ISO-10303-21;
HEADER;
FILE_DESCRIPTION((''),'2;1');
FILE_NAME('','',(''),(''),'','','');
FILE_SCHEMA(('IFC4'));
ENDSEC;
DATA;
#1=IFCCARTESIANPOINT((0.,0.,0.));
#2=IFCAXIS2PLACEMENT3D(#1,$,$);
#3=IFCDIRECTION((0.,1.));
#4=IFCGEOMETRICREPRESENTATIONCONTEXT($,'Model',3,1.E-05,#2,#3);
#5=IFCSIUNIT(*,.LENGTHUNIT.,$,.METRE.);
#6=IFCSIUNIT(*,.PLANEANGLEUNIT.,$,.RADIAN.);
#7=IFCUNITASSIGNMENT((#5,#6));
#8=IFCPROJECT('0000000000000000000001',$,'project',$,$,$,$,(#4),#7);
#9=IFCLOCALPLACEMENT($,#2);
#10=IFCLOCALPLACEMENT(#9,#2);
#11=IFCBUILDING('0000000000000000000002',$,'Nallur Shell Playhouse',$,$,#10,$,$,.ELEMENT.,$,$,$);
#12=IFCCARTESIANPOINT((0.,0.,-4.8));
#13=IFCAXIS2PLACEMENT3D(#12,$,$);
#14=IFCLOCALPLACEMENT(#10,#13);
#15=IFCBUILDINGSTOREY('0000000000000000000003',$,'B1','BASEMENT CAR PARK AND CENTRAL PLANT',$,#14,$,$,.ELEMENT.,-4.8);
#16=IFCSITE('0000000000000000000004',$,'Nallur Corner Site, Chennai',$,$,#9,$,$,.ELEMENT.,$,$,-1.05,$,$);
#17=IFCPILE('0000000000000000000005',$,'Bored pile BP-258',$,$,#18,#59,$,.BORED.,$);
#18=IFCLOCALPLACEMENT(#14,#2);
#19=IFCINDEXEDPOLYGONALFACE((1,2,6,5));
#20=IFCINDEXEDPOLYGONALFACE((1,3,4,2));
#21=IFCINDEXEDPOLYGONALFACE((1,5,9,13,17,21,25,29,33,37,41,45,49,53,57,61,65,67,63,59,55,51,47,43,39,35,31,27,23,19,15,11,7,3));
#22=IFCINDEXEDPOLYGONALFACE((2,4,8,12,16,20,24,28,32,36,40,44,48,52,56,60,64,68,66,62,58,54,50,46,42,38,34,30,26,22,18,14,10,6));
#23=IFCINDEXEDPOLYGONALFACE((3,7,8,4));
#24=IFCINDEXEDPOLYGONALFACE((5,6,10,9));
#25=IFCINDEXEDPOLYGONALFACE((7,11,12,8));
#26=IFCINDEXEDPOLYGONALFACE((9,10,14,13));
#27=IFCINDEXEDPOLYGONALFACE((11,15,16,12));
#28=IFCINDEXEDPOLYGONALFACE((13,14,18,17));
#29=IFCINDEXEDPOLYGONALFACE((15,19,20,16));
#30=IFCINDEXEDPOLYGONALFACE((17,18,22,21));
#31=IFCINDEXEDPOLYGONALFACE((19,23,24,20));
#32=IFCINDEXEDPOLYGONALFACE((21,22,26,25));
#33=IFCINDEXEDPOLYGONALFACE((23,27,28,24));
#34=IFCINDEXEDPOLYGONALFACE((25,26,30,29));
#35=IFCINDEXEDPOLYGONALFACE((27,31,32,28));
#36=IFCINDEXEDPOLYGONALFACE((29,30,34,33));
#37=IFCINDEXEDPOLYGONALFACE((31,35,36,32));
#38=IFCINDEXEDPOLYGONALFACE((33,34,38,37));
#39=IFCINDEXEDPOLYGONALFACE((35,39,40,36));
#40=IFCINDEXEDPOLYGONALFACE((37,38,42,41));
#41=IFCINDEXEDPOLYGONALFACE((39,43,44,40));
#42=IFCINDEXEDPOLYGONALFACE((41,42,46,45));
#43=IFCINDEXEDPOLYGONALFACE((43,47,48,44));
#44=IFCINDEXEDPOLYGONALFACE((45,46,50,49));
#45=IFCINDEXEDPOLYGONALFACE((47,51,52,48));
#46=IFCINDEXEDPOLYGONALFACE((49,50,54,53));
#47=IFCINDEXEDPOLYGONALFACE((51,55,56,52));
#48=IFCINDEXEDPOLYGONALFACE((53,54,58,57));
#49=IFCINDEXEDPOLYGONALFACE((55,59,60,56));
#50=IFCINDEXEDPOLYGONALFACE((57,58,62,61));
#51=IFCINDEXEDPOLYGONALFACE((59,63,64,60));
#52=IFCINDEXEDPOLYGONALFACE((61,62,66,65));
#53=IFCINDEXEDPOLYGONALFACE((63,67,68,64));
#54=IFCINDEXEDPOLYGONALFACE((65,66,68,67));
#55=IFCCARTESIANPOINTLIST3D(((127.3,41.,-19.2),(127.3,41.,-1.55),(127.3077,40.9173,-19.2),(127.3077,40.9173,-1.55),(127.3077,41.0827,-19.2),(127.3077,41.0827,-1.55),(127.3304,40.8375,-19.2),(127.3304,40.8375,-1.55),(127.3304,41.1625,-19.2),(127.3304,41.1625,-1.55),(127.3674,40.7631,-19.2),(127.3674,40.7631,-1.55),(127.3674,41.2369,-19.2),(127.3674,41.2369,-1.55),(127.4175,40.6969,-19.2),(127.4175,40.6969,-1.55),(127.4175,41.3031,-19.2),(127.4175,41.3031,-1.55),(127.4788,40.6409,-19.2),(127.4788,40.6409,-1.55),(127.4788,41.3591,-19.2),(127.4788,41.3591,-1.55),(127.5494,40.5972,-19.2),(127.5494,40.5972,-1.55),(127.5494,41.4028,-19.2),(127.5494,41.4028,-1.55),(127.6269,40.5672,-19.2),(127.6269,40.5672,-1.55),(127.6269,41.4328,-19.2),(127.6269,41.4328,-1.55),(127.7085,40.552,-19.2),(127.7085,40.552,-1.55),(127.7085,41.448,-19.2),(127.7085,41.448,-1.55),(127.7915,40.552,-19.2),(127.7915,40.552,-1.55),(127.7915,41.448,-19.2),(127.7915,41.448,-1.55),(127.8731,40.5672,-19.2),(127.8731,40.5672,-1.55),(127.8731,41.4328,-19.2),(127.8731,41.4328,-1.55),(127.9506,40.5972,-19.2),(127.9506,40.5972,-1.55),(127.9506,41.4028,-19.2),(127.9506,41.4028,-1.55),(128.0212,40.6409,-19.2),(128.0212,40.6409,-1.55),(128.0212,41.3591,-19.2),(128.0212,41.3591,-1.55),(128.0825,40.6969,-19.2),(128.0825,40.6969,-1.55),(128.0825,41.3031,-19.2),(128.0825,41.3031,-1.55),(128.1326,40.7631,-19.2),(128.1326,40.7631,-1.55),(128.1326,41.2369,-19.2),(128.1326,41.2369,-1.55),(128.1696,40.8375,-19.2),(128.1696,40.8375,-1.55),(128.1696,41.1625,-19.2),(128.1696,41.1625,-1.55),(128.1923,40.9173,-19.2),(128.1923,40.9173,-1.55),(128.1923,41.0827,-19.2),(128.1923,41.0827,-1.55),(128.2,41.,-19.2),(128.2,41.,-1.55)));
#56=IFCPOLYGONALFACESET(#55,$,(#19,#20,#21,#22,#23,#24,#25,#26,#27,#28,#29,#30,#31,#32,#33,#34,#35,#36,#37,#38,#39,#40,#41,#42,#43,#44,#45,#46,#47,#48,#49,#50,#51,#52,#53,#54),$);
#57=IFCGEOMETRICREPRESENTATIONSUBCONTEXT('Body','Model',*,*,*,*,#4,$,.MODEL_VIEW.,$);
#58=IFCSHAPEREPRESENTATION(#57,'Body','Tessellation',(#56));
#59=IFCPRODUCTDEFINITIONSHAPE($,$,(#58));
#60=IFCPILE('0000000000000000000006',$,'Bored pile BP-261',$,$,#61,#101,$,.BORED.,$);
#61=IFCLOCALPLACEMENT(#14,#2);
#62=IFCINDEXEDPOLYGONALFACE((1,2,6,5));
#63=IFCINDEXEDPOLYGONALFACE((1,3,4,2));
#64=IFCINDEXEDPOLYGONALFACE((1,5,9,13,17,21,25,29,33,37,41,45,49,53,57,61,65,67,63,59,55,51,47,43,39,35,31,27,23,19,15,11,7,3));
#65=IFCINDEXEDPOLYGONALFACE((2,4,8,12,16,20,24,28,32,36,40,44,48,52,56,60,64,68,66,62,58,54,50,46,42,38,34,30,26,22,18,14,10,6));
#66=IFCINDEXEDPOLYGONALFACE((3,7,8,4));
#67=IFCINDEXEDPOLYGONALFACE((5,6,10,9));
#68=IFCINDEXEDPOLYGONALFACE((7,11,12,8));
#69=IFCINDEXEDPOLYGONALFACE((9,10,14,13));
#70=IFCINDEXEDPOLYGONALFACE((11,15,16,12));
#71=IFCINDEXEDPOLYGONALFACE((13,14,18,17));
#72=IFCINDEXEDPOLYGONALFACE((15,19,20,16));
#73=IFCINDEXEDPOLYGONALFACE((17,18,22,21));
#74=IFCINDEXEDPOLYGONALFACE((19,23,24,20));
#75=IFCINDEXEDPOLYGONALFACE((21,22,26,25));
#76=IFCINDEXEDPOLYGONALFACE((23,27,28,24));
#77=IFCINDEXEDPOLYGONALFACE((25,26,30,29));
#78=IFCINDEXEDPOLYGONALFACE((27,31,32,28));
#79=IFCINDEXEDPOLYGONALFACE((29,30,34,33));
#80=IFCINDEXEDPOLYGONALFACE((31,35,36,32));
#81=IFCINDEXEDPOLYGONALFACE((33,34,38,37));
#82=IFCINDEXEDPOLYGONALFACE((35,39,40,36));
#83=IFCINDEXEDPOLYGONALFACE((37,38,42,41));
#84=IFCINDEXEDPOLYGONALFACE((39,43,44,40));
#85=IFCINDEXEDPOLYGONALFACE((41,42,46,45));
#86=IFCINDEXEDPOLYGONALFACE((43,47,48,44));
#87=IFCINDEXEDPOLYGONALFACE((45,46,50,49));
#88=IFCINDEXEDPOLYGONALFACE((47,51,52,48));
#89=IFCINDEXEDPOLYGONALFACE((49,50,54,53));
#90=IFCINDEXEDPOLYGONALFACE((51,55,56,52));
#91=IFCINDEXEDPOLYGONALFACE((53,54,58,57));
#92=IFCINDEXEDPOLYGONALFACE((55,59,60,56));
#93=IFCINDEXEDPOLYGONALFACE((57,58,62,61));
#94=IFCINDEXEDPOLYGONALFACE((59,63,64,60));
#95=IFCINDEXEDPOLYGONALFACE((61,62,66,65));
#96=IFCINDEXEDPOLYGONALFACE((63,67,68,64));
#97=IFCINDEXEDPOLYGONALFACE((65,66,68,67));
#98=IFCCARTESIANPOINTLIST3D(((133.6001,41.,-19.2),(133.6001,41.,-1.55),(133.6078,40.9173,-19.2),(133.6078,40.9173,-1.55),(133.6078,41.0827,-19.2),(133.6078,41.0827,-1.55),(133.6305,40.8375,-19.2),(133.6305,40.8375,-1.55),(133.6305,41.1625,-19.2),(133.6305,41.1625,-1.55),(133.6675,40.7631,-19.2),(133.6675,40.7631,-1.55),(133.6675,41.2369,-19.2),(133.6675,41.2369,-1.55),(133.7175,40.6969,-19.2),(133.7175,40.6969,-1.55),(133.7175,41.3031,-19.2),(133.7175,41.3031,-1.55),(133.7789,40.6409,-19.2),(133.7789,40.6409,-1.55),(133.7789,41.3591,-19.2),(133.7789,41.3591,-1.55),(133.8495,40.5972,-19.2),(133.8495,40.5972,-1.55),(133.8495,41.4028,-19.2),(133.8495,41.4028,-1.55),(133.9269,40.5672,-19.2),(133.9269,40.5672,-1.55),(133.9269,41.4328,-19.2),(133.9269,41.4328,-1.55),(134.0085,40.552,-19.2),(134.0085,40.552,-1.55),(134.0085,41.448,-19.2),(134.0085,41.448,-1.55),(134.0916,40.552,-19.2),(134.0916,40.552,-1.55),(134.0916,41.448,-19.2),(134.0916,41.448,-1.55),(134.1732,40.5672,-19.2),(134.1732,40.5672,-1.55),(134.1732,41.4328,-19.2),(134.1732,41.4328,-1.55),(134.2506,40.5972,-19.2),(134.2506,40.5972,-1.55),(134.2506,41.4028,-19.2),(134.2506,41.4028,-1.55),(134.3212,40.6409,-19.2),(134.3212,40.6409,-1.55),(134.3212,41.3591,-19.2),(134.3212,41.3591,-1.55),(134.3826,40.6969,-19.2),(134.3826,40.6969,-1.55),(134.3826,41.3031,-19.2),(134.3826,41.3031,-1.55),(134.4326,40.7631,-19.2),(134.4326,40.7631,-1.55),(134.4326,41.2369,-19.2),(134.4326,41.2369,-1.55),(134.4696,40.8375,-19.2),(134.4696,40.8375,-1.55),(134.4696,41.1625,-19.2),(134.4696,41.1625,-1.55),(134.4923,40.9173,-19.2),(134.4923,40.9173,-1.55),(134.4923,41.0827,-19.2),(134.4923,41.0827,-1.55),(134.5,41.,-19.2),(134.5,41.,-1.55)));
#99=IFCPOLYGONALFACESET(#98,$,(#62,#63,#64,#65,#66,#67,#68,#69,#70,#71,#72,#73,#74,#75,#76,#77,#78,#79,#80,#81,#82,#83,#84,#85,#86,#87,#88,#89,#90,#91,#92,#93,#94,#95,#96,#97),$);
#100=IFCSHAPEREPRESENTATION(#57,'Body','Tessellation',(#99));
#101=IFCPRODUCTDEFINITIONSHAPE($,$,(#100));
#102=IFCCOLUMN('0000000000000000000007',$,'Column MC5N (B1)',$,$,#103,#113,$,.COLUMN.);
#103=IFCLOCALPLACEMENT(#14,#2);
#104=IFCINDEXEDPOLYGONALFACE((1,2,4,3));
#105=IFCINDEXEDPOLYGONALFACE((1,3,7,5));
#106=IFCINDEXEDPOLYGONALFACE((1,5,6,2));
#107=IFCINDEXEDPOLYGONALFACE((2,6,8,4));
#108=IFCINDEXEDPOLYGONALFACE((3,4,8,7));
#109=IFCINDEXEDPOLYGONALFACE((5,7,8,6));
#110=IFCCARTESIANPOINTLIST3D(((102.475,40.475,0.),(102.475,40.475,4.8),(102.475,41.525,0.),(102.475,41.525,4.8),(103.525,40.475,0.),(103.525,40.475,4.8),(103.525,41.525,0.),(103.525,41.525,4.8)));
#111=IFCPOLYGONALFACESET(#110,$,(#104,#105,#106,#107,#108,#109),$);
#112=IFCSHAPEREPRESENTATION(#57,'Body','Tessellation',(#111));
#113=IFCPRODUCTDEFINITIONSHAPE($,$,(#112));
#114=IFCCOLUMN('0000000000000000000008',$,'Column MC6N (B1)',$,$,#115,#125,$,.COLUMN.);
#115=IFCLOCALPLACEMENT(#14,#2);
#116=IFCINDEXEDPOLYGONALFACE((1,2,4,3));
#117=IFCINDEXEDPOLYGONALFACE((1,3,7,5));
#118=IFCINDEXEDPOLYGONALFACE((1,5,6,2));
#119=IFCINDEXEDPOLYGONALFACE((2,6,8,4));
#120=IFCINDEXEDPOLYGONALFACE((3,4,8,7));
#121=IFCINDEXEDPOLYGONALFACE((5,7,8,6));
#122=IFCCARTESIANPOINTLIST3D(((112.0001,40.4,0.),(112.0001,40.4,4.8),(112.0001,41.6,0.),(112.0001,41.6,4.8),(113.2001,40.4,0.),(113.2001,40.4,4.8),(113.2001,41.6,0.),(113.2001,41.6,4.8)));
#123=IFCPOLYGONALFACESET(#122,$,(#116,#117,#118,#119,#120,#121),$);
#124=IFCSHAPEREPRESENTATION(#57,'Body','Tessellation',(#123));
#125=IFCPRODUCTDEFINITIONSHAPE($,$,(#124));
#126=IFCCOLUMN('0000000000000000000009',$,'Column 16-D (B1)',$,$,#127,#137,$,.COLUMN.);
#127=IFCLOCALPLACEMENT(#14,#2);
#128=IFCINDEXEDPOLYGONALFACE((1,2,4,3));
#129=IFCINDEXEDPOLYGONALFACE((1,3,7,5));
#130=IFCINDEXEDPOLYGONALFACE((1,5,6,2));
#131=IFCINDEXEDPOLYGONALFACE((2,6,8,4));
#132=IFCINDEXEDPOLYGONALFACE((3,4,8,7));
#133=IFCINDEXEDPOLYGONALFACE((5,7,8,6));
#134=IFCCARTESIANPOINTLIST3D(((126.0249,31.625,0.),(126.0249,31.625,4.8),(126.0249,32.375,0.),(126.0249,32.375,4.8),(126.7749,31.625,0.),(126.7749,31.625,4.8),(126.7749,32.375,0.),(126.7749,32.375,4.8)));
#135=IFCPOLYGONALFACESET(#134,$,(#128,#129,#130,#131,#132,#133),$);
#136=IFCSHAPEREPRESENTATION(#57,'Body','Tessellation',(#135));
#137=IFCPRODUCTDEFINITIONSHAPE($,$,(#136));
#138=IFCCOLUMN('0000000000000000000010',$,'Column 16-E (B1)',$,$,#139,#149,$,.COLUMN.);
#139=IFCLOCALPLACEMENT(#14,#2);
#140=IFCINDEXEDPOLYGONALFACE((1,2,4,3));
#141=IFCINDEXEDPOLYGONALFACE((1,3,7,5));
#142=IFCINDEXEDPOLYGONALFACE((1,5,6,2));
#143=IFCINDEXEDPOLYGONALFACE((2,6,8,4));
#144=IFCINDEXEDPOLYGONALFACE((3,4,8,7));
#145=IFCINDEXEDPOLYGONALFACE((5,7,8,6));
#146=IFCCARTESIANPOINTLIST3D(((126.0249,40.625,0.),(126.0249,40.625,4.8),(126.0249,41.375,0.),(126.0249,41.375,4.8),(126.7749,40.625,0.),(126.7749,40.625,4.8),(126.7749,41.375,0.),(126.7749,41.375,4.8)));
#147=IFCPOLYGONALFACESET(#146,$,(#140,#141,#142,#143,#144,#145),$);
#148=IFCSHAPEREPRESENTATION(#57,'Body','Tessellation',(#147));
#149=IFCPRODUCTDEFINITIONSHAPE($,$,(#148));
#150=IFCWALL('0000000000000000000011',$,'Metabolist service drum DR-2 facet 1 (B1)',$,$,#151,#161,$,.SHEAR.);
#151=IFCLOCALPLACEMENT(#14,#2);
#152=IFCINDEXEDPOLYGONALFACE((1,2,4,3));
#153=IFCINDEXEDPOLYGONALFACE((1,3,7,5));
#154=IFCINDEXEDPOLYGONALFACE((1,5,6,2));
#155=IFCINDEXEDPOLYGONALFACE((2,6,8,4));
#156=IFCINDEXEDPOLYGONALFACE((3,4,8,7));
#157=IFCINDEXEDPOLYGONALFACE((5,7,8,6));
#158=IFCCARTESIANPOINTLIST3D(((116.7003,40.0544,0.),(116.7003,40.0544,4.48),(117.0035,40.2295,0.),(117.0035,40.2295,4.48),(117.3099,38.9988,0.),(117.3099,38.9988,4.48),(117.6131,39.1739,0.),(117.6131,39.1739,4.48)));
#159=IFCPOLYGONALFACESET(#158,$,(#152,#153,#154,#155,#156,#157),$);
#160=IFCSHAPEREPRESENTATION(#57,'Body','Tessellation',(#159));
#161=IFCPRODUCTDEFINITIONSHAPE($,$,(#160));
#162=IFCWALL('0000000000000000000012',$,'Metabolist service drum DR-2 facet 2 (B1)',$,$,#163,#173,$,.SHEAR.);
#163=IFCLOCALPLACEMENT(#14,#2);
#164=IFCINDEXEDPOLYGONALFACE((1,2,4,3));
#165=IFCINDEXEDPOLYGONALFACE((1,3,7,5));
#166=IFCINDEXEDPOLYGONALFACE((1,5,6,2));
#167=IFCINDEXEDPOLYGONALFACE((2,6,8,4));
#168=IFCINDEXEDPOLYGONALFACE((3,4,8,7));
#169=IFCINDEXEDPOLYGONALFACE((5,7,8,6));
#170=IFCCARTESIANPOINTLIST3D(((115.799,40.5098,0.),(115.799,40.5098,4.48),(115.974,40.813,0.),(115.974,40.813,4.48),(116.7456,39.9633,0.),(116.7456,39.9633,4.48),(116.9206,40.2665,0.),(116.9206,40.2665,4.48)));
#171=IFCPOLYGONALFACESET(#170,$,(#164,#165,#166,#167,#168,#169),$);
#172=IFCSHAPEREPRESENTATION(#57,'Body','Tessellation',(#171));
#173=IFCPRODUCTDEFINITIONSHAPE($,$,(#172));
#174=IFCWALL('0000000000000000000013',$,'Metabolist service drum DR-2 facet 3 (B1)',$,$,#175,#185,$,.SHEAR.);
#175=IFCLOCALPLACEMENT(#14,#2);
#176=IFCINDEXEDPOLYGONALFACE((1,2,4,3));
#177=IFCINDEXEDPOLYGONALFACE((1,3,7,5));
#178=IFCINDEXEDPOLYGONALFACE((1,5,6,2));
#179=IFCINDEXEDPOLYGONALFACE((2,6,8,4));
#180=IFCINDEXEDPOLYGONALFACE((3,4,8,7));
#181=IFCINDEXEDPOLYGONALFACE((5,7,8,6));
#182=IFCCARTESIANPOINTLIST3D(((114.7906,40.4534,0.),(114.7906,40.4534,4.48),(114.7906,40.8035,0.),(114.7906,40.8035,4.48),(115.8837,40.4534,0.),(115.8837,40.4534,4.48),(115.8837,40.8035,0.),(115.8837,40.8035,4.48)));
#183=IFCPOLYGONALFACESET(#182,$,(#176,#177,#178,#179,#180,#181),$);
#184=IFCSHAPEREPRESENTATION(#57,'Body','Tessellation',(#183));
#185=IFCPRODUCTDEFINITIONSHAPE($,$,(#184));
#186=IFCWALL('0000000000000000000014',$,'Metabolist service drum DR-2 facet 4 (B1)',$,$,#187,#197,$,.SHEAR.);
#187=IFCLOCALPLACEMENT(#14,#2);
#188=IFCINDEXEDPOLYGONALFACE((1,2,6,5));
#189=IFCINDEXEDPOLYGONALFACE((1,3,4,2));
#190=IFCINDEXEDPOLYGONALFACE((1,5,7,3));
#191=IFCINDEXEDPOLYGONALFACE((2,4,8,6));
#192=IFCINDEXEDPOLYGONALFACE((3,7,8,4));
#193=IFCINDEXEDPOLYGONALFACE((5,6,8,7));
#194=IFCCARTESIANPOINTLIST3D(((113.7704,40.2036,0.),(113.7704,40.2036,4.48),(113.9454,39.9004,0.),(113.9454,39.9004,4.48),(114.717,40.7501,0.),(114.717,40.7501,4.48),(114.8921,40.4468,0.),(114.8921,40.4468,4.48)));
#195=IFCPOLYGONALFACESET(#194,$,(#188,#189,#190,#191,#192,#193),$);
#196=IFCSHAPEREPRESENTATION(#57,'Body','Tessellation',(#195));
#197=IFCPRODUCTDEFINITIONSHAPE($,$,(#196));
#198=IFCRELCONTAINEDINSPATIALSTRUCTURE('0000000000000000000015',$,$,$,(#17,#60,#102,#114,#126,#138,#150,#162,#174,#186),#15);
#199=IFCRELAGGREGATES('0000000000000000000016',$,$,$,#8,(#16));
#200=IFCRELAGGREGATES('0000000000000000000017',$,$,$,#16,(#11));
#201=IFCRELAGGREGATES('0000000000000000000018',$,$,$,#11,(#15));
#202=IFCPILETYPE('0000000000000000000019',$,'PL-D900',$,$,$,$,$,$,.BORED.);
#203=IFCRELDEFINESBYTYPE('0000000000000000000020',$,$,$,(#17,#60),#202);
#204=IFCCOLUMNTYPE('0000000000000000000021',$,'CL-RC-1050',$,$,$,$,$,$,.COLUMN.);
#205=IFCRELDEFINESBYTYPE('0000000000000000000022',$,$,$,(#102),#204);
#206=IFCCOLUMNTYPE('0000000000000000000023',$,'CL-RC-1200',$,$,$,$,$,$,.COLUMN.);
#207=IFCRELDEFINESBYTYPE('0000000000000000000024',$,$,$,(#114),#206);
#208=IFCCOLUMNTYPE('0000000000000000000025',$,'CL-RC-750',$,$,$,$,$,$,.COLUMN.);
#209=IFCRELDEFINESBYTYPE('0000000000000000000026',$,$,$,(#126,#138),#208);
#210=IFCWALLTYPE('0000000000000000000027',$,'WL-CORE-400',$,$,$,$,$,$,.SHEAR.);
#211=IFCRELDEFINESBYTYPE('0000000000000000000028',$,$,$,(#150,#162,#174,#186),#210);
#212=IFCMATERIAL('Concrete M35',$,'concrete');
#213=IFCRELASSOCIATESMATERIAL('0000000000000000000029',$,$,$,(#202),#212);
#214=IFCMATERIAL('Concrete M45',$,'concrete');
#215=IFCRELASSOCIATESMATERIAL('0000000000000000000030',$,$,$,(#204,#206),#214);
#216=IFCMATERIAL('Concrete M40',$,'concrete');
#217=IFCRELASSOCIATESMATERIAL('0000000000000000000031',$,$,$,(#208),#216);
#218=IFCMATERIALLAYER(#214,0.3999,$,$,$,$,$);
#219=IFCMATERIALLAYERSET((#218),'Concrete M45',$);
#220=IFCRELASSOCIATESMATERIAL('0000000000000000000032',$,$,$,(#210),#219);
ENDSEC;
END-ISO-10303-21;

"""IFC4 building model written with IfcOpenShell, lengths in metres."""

from ifc_helpers import new_model, si_unit, direction, frame, frame_2d, origin, origin_2d, place, context, subcontext, project, spatial, rectangle, circle, extrude, material, layer, layer_set, material_profile, profile_set, type_object, element, save


model = new_model("IFC4")

# Units and contexts
model_context = context("Model", 3, precision=1e-05, world=origin(), true_north=direction((0.0, 1.0)))
body_context = subcontext(model_context, "Body", "Model", "MODEL_VIEW")
ifc_project = project(units=[si_unit("LENGTHUNIT", "METRE"), si_unit("PLANEANGLEUNIT", "RADIAN")], contexts=[model_context])

# Site, building, storey
site_placement = place(None, origin())
site = spatial("IfcSite", under=ifc_project, at=site_placement, Name="Nallur Corner Site, Chennai", CompositionType="ELEMENT", RefElevation=-1.05)
building_placement = place(site_placement, origin())
building = spatial("IfcBuilding", under=site, at=building_placement, Name="Nallur Shell Playhouse", CompositionType="ELEMENT")
storey_placement = place(building_placement, frame((0.0, 0.0, -4.8)))
storey = spatial("IfcBuildingStorey", under=building, at=storey_placement, Name="B1", Description="BASEMENT CAR PARK AND CENTRAL PLANT", CompositionType="ELEMENT", Elevation=-4.8)

# Shared definitions
ifc_material_1 = material(Name="Concrete M35", Category="concrete")

# Piles
ifc_material_profile_1 = material_profile(ifc_material_1, circle(Radius=0.45, at=origin_2d()), Name="BORED PILE D900")
ifc_profile_set_1 = profile_set([ifc_material_profile_1], Name="Concrete M35")
pile_type_1 = type_object("IfcPileType", Name="PL-D900", PredefinedType="BORED", material=ifc_profile_set_1)
for number, where, z_axis, x_axis, name in (
    (1, (127.75, 41.0, -1.55), (0.0, 0.0, -1.0), (1.0, 0.0, 0.0), "Bored pile BP-258"),
    (2, (134.05, 41.0, -1.55), (0.0, 0.0, -1.0), (1.0, 0.0, 0.0), "Bored pile BP-261"),
):
    element("IfcPile", number, at=place(storey_placement, frame(where, z_axis=z_axis, x_axis=x_axis)), inside=storey, type_object=pile_type_1, Name=name, PredefinedType="BORED", context=body_context, shape_type="SweptSolid", body=[
        extrude(circle(Radius=0.45, at=origin_2d()), origin(), (0.0, 0.0, 1.0), 17.6499),
    ])

# Columns
ifc_material_2 = material(Name="Concrete M45", Category="concrete")
ifc_material_profile_2 = material_profile(ifc_material_2, rectangle(XDim=1.05, YDim=1.05, at=origin_2d()), Name="RC 1050x1050")
ifc_profile_set_2 = profile_set([ifc_material_profile_2], Name="Concrete M45")
column_type_1 = type_object("IfcColumnType", Name="CL-RC-1050", PredefinedType="COLUMN", material=ifc_profile_set_2)
column_1_placement = place(storey_placement, frame((103.0, 41.0, 0.0), z_axis=(0.0, 0.0, 1.0), x_axis=(1.0, 0.0, 0.0)))
element("IfcColumn", 3, at=column_1_placement, inside=storey, type_object=column_type_1, Name="Column MC5N (B1)", PredefinedType="COLUMN", context=body_context, shape_type="SweptSolid", body=[
    extrude(rectangle(XDim=1.05, YDim=1.05, at=origin_2d()), origin(), (0.0, 0.0, 1.0), 4.8),
])
ifc_material_profile_3 = material_profile(ifc_material_2, rectangle(XDim=1.2, YDim=1.2, at=origin_2d()), Name="RC 1200x1200")
ifc_profile_set_3 = profile_set([ifc_material_profile_3], Name="Concrete M45")
column_type_2 = type_object("IfcColumnType", Name="CL-RC-1200", PredefinedType="COLUMN", material=ifc_profile_set_3)
column_2_placement = place(storey_placement, frame((112.6001, 41.0, 0.0), z_axis=(0.0, 0.0, 1.0), x_axis=(1.0, 0.0, 0.0)))
element("IfcColumn", 4, at=column_2_placement, inside=storey, type_object=column_type_2, Name="Column MC6N (B1)", PredefinedType="COLUMN", context=body_context, shape_type="SweptSolid", body=[
    extrude(rectangle(XDim=1.2, YDim=1.2, at=origin_2d()), origin(), (0.0, 0.0, 1.0), 4.8),
])
ifc_material_3 = material(Name="Concrete M40", Category="concrete")
ifc_material_profile_4 = material_profile(ifc_material_3, rectangle(XDim=0.75, YDim=0.75, at=origin_2d()), Name="RC 750x750")
ifc_profile_set_4 = profile_set([ifc_material_profile_4], Name="Concrete M40")
column_type_3 = type_object("IfcColumnType", Name="CL-RC-750", PredefinedType="COLUMN", material=ifc_profile_set_4)
for number, where, z_axis, x_axis, name in (
    (5, (126.3999, 32.0, 0.0), (0.0, 0.0, 1.0), (1.0, 0.0, 0.0), "Column 16-D (B1)"),
    (6, (126.3999, 41.0, 0.0), (0.0, 0.0, 1.0), (1.0, 0.0, 0.0), "Column 16-E (B1)"),
):
    element("IfcColumn", number, at=place(storey_placement, frame(where, z_axis=z_axis, x_axis=x_axis)), inside=storey, type_object=column_type_3, Name=name, PredefinedType="COLUMN", context=body_context, shape_type="SweptSolid", body=[
        extrude(rectangle(XDim=0.75, YDim=0.75, at=origin_2d()), origin(), (0.0, 0.0, 1.0), 4.8),
    ])

# Walls
ifc_layer_1 = layer(ifc_material_2, 0.3999)
ifc_layer_set_1 = layer_set([ifc_layer_1], Name="Concrete M45")
wall_type_1 = type_object("IfcWallType", Name="WL-CORE-400", PredefinedType="SHEAR", material=ifc_layer_set_1)
wall_1_placement = place(storey_placement, frame((117.4614, 39.0864, 0.0), z_axis=(0.0, 0.0, 1.0), x_axis=(-0.500081, 0.865979, 0.0)))
element("IfcWall", 7, at=wall_1_placement, inside=storey, type_object=wall_type_1, Name="Metabolist service drum DR-2 facet 1 (B1)", PredefinedType="SHEAR", context=body_context, shape_type="SweptSolid", body=[
    extrude(rectangle(XDim=1.219, YDim=0.3501, at=frame_2d((0.6094, 0.0))), origin(), (0.0, 0.0, 1.0), 4.48),
])
for number, where, z_axis, x_axis, name in (
    (8, (116.833, 40.115, 0.0), (0.0, 0.0, 1.0), (-0.866063, 0.499935, 0.0), "Metabolist service drum DR-2 facet 2 (B1)"),
    (9, (115.8835, 40.6284, 0.0), (0.0, 0.0, 1.0), (-1.0, 0.0, 0.0), "Metabolist service drum DR-2 facet 3 (B1)"),
    (10, (114.8044, 40.5984, 0.0), (0.0, 0.0, 1.0), (-0.866063, -0.499935, 0.0), "Metabolist service drum DR-2 facet 4 (B1)"),
):
    element("IfcWall", number, at=place(storey_placement, frame(where, z_axis=z_axis, x_axis=x_axis)), inside=storey, type_object=wall_type_1, Name=name, PredefinedType="SHEAR", context=body_context, shape_type="SweptSolid", body=[
        extrude(rectangle(XDim=1.093, YDim=0.3501, at=frame_2d((0.5464, 0.0))), origin(), (0.0, 0.0, 1.0), 4.48),
    ])

save(model, "model.ifc")
